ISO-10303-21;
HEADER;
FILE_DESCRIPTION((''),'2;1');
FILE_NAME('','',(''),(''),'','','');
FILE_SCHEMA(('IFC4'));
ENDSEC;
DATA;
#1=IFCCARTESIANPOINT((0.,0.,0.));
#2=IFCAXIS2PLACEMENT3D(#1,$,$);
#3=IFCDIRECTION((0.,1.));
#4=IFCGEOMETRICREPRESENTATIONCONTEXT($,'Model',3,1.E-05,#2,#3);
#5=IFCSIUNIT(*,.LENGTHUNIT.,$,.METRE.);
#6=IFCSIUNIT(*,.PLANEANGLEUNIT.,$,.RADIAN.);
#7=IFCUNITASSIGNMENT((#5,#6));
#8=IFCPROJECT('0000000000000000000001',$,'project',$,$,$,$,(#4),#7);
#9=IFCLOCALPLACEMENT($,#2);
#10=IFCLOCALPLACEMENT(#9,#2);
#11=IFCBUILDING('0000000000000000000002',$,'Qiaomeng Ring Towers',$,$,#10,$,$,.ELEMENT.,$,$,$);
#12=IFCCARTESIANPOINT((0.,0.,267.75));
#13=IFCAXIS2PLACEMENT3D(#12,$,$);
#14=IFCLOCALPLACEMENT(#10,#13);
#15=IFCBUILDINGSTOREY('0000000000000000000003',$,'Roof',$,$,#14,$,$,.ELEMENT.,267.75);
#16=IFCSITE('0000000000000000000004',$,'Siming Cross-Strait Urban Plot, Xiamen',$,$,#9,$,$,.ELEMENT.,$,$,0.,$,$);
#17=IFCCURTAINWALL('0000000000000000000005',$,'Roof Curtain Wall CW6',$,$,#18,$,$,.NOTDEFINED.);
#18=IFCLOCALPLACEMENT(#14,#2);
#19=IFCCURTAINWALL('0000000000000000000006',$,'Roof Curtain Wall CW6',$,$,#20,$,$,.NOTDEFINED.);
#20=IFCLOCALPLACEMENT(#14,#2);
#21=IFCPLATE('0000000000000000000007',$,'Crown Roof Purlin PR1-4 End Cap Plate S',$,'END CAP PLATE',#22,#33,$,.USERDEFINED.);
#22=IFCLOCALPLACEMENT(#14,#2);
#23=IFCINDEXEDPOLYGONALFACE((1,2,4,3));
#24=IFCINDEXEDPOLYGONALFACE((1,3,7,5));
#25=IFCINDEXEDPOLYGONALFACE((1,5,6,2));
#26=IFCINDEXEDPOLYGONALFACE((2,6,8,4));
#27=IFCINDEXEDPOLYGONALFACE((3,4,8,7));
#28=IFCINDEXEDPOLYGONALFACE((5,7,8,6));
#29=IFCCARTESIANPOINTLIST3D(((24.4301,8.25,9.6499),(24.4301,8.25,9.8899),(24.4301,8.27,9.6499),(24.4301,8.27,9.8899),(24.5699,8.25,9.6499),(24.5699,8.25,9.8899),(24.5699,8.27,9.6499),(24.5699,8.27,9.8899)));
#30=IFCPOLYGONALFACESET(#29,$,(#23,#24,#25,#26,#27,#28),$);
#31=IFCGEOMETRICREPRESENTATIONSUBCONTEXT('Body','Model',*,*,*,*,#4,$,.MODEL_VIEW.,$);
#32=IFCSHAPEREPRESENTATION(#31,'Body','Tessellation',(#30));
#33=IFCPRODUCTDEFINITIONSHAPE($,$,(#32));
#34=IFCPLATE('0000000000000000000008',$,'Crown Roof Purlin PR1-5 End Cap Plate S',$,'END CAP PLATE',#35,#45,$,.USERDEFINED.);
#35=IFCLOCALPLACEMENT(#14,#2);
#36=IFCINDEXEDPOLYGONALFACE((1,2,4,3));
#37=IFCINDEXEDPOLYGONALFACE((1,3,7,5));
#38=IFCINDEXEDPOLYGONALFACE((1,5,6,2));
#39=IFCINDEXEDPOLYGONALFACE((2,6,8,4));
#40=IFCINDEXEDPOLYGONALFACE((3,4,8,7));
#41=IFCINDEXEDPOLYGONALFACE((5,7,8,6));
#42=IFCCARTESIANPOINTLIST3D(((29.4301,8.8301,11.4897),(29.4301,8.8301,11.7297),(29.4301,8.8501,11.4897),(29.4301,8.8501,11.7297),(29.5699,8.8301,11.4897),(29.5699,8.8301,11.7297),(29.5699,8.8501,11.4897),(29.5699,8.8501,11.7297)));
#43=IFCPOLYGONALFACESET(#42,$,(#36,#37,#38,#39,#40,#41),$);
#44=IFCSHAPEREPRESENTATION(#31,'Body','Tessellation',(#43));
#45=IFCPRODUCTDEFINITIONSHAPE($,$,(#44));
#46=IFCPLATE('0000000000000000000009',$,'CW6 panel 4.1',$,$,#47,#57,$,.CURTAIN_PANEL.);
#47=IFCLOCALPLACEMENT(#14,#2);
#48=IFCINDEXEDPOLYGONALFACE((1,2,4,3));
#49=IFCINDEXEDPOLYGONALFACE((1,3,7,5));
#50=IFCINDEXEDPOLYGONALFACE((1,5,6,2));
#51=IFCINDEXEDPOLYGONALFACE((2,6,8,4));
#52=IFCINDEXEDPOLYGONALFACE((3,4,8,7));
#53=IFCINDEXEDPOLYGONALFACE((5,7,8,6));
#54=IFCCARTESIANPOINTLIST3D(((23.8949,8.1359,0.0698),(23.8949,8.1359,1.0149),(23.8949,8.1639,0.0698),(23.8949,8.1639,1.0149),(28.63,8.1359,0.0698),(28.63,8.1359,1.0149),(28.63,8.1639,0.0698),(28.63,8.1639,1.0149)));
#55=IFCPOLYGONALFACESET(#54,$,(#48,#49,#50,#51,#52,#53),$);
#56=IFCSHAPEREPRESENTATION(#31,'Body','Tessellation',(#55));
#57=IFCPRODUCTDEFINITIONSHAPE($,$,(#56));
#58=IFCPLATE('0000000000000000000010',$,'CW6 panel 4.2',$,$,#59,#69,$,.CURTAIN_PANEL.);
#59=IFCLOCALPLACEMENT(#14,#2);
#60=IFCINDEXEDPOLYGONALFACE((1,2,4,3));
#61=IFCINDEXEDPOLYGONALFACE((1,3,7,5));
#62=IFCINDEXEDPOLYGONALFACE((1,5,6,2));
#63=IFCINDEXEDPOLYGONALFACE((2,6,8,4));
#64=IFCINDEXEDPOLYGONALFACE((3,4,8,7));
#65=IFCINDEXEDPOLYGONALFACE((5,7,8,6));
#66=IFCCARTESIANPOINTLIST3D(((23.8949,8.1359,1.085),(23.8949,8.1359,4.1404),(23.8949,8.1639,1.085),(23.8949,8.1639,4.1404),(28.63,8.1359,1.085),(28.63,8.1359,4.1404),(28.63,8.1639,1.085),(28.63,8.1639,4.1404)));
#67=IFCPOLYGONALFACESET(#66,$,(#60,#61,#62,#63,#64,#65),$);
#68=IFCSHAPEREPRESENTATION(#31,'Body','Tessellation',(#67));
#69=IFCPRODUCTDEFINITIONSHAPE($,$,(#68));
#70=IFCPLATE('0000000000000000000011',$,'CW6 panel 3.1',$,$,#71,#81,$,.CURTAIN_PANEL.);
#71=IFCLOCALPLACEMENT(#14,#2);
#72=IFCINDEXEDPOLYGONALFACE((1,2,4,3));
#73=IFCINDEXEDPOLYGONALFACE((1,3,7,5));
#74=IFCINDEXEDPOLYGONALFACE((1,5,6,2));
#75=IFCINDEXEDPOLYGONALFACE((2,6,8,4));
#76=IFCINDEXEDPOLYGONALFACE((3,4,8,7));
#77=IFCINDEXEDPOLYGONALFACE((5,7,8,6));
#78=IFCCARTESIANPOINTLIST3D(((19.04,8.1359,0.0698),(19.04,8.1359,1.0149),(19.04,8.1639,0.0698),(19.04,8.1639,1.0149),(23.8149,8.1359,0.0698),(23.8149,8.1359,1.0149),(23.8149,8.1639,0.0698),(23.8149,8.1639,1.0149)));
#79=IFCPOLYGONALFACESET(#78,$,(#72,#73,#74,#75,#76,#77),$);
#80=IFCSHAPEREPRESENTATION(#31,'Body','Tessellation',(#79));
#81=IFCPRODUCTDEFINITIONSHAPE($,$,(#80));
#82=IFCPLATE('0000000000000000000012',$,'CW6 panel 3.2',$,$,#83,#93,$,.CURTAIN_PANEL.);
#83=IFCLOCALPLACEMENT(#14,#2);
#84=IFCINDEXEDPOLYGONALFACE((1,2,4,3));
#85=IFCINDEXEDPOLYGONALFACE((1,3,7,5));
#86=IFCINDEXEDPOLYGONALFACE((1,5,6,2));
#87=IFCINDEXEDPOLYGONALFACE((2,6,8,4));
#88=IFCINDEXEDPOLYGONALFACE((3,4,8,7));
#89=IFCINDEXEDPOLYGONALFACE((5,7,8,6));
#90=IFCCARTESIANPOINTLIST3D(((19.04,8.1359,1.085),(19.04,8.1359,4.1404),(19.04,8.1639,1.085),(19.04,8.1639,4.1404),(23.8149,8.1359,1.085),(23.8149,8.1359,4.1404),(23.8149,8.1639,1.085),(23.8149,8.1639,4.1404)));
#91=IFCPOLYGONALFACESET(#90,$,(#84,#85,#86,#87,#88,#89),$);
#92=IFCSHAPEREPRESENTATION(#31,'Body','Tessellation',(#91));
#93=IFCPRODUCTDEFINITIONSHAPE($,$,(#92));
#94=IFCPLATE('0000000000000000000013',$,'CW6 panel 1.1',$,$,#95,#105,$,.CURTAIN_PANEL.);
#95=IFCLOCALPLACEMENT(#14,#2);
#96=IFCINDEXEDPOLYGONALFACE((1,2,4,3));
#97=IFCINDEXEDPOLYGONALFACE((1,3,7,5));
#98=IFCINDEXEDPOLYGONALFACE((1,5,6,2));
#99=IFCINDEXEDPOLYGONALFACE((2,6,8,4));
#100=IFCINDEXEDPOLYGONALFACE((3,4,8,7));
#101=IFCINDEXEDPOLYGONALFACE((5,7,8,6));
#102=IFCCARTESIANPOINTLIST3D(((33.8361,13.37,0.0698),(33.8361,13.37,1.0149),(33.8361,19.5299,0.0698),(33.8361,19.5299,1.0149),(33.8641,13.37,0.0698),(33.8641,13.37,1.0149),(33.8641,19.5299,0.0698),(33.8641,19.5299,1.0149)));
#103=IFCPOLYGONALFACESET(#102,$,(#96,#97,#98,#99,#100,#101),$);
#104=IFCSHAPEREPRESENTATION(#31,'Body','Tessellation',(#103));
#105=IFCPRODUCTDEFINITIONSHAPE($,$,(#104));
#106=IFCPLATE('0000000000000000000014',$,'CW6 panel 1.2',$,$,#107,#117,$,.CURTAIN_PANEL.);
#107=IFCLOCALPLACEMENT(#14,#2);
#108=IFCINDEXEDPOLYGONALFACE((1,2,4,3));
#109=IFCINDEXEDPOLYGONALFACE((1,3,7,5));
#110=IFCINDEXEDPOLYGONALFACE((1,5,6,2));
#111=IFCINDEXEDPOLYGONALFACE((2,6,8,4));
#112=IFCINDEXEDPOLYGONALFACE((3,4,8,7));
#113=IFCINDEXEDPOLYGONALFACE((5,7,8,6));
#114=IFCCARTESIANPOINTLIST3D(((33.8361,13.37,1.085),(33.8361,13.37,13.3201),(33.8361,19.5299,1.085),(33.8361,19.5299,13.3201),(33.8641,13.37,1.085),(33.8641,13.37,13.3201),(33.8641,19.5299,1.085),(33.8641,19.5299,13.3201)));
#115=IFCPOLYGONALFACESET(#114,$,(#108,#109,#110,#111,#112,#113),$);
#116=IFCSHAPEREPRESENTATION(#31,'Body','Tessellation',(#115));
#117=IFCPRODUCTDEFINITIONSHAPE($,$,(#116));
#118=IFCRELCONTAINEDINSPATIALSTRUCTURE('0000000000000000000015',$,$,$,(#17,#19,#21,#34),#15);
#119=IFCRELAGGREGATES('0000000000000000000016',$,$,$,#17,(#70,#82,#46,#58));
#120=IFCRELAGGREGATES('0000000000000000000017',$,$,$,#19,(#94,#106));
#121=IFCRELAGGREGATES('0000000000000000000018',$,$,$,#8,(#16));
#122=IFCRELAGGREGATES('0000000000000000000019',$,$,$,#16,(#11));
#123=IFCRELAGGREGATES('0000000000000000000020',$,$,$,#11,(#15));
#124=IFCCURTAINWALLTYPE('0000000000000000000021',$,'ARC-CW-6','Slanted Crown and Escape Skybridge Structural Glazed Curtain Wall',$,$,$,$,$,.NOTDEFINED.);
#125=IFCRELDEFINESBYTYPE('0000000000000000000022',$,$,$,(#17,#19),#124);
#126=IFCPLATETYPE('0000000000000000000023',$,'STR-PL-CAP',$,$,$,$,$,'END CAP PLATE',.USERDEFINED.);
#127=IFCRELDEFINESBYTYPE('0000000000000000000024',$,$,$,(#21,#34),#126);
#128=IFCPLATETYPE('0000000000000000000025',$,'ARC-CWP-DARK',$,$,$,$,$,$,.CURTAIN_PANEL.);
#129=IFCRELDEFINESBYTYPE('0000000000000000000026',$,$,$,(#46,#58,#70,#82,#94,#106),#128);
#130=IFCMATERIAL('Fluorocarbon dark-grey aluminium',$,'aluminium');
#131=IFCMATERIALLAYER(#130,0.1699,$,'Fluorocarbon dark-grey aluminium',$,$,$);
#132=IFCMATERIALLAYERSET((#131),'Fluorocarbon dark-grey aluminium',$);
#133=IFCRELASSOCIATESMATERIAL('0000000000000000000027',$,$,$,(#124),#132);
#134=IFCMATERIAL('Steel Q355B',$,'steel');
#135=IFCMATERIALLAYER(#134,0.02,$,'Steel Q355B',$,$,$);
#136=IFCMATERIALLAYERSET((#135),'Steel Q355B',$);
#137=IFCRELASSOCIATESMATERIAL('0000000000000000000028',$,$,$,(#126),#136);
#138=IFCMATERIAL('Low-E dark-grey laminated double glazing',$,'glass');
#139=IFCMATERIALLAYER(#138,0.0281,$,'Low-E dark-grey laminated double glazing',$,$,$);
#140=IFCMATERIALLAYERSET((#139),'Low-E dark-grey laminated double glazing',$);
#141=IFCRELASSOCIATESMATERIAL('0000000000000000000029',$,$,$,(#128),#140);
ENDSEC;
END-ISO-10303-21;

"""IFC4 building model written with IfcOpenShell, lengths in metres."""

from ifc_helpers import new_model, si_unit, direction, frame, origin, origin_2d, place, context, subcontext, project, spatial, rectangle, extrude, source, transform, mapped, material, layer, layer_set, type_object, element, aggregate, save


model = new_model("IFC4")

# Units and contexts
model_context = context("Model", 3, precision=1e-05, world=origin(), true_north=direction((0.0, 1.0)))
body_context = subcontext(model_context, "Body", "Model", "MODEL_VIEW")
ifc_project = project(units=[si_unit("LENGTHUNIT", "METRE"), si_unit("PLANEANGLEUNIT", "RADIAN")], contexts=[model_context])

# Site, building, storey
site_placement = place(None, origin())
site = spatial("IfcSite", under=ifc_project, at=site_placement, Name="Siming Cross-Strait Urban Plot, Xiamen", CompositionType="ELEMENT", RefElevation=0.0)
building_placement = place(site_placement, origin())
building = spatial("IfcBuilding", under=site, at=building_placement, Name="Qiaomeng Ring Towers", CompositionType="ELEMENT")
storey_placement = place(building_placement, frame((0.0, 0.0, 267.75)))
storey = spatial("IfcBuildingStorey", under=building, at=storey_placement, Name="Roof", CompositionType="ELEMENT", Elevation=267.75)

# Shared definitions
ifc_material_1 = material(Name="Steel Q355B", Category="steel")

# Shared definitions
ifc_material_2 = material(Name="Fluorocarbon dark-grey aluminium", Category="aluminium")
ifc_layer_1 = layer(ifc_material_2, 0.1699, Name="Fluorocarbon dark-grey aluminium")
ifc_layer_set_1 = layer_set([ifc_layer_1], Name="Fluorocarbon dark-grey aluminium")
curtain_wall_type = type_object("IfcCurtainWallType", Name="ARC-CW-6", Description="Slanted Crown and Escape Skybridge Structural Glazed Curtain Wall", PredefinedType="NOTDEFINED", material=ifc_layer_set_1)

# Curtain walls
curtain_wall_1_placement = place(storey_placement, origin())
curtain_wall_1 = element("IfcCurtainWall", 1, at=curtain_wall_1_placement, inside=storey, type_object=curtain_wall_type, Name="Roof Curtain Wall CW6", PredefinedType="NOTDEFINED")
curtain_wall_2_placement = place(storey_placement, origin())
curtain_wall_2 = element("IfcCurtainWall", 2, at=curtain_wall_2_placement, inside=storey, type_object=curtain_wall_type, Name="Roof Curtain Wall CW6", PredefinedType="NOTDEFINED")

# Plates
ifc_layer_2 = layer(ifc_material_1, 0.02, Name="Steel Q355B")
ifc_layer_set_2 = layer_set([ifc_layer_2], Name="Steel Q355B")
plate_type_1 = type_object("IfcPlateType", Name="STR-PL-CAP", ElementType="END CAP PLATE", PredefinedType="USERDEFINED", material=ifc_layer_set_2)
shared_shape_1 = source(origin(), body_context, "Body", "SweptSolid", [
    extrude(rectangle(XDim=0.1399, YDim=0.02, at=origin_2d()), origin(), (0.0, 0.0, 1.0), 0.24),
])
for number, where, z_axis, x_axis, name in (
    (3, (24.5, 8.26, 9.6499), (0.0, 0.0, 1.0), (1.0, 0.0, 0.0), "Crown Roof Purlin PR1-4 End Cap Plate S"),
    (4, (29.5, 8.8401, 11.4897), (0.0, 0.0, 1.0), (1.0, 0.0, 0.0), "Crown Roof Purlin PR1-5 End Cap Plate S"),
):
    element("IfcPlate", number, at=place(storey_placement, frame(where, z_axis=z_axis, x_axis=x_axis)), inside=storey, type_object=plate_type_1, Name=name, ObjectType="END CAP PLATE", PredefinedType="USERDEFINED", context=body_context, shape_type="MappedRepresentation", body=[
        mapped(shared_shape_1, transform((0.0, 0.0, 0.0), x_axis=(1.0, 0.0, 0.0), y_axis=(0.0, 1.0, 0.0), z_axis=(0.0, 0.0, 1.0), scale=1.0)),
    ])

# Plates
ifc_material_3 = material(Name="Low-E dark-grey laminated double glazing", Category="glass")
ifc_layer_3 = layer(ifc_material_3, 0.0281, Name="Low-E dark-grey laminated double glazing")
ifc_layer_set_3 = layer_set([ifc_layer_3], Name="Low-E dark-grey laminated double glazing")
plate_type_2 = type_object("IfcPlateType", Name="ARC-CWP-DARK", PredefinedType="CURTAIN_PANEL", material=ifc_layer_set_3)
shared_shape_2 = source(origin(), body_context, "Body", "SweptSolid", [
    extrude(rectangle(XDim=4.7351, YDim=0.0281, at=origin_2d()), origin(), (0.0, 0.0, 1.0), 0.9451),
])
plate_1_placement = place(storey_placement, frame((26.2625, 8.1499, 0.0698), z_axis=(0.0, 0.0, 1.0), x_axis=(1.0, 0.0, 0.0)))
plate_1 = element("IfcPlate", 5, at=plate_1_placement, type_object=plate_type_2, Name="CW6 panel 4.1", PredefinedType="CURTAIN_PANEL", context=body_context, shape_type="MappedRepresentation", body=[
    mapped(shared_shape_2, transform((0.0, 0.0, 0.0), x_axis=(1.0, 0.0, 0.0), y_axis=(0.0, 1.0, 0.0), z_axis=(0.0, 0.0, 1.0), scale=1.0)),
])
shared_shape_3 = source(origin(), body_context, "Body", "SweptSolid", [
    extrude(rectangle(XDim=4.7351, YDim=0.0281, at=origin_2d()), origin(), (0.0, 0.0, 1.0), 3.0554),
])
plate_2_placement = place(storey_placement, frame((26.2625, 8.1499, 1.085), z_axis=(0.0, 0.0, 1.0), x_axis=(1.0, 0.0, 0.0)))
plate_2 = element("IfcPlate", 6, at=plate_2_placement, type_object=plate_type_2, Name="CW6 panel 4.2", PredefinedType="CURTAIN_PANEL", context=body_context, shape_type="MappedRepresentation", body=[
    mapped(shared_shape_3, transform((0.0, 0.0, 0.0), x_axis=(1.0, 0.0, 0.0), y_axis=(0.0, 1.0, 0.0), z_axis=(0.0, 0.0, 1.0), scale=1.0)),
])
shared_shape_4 = source(origin(), body_context, "Body", "SweptSolid", [
    extrude(rectangle(XDim=4.7749, YDim=0.0281, at=origin_2d()), origin(), (0.0, 0.0, 1.0), 0.9451),
])
plate_3_placement = place(storey_placement, frame((21.4275, 8.1499, 0.0698), z_axis=(0.0, 0.0, 1.0), x_axis=(1.0, 0.0, 0.0)))
plate_3 = element("IfcPlate", 7, at=plate_3_placement, type_object=plate_type_2, Name="CW6 panel 3.1", PredefinedType="CURTAIN_PANEL", context=body_context, shape_type="MappedRepresentation", body=[
    mapped(shared_shape_4, transform((0.0, 0.0, 0.0), x_axis=(1.0, 0.0, 0.0), y_axis=(0.0, 1.0, 0.0), z_axis=(0.0, 0.0, 1.0), scale=1.0)),
])
shared_shape_5 = source(origin(), body_context, "Body", "SweptSolid", [
    extrude(rectangle(XDim=4.7749, YDim=0.0281, at=origin_2d()), origin(), (0.0, 0.0, 1.0), 3.0554),
])
plate_4_placement = place(storey_placement, frame((21.4275, 8.1499, 1.085), z_axis=(0.0, 0.0, 1.0), x_axis=(1.0, 0.0, 0.0)))
plate_4 = element("IfcPlate", 8, at=plate_4_placement, type_object=plate_type_2, Name="CW6 panel 3.2", PredefinedType="CURTAIN_PANEL", context=body_context, shape_type="MappedRepresentation", body=[
    mapped(shared_shape_5, transform((0.0, 0.0, 0.0), x_axis=(1.0, 0.0, 0.0), y_axis=(0.0, 1.0, 0.0), z_axis=(0.0, 0.0, 1.0), scale=1.0)),
])
aggregate(curtain_wall_1, [plate_3, plate_4, plate_1, plate_2])
shared_shape_6 = source(origin(), body_context, "Body", "SweptSolid", [
    extrude(rectangle(XDim=6.1599, YDim=0.0281, at=origin_2d()), origin(), (0.0, 0.0, 1.0), 0.9451),
])
plate_5_placement = place(storey_placement, frame((33.8501, 16.45, 0.0698), z_axis=(0.0, 0.0, 1.0), x_axis=(0.0, 1.0, 0.0)))
plate_5 = element("IfcPlate", 9, at=plate_5_placement, type_object=plate_type_2, Name="CW6 panel 1.1", PredefinedType="CURTAIN_PANEL", context=body_context, shape_type="MappedRepresentation", body=[
    mapped(shared_shape_6, transform((0.0, 0.0, 0.0), x_axis=(1.0, 0.0, 0.0), y_axis=(0.0, 1.0, 0.0), z_axis=(0.0, 0.0, 1.0), scale=1.0)),
])
shared_shape_7 = source(origin(), body_context, "Body", "SweptSolid", [
    extrude(rectangle(XDim=6.1599, YDim=0.0281, at=origin_2d()), origin(), (0.0, 0.0, 1.0), 12.2351),
])
plate_6_placement = place(storey_placement, frame((33.8501, 16.45, 1.085), z_axis=(0.0, 0.0, 1.0), x_axis=(0.0, 1.0, 0.0)))
plate_6 = element("IfcPlate", 10, at=plate_6_placement, type_object=plate_type_2, Name="CW6 panel 1.2", PredefinedType="CURTAIN_PANEL", context=body_context, shape_type="MappedRepresentation", body=[
    mapped(shared_shape_7, transform((0.0, 0.0, 0.0), x_axis=(1.0, 0.0, 0.0), y_axis=(0.0, 1.0, 0.0), z_axis=(0.0, 0.0, 1.0), scale=1.0)),
])
aggregate(curtain_wall_2, [plate_5, plate_6])

save(model, "model.ifc")
